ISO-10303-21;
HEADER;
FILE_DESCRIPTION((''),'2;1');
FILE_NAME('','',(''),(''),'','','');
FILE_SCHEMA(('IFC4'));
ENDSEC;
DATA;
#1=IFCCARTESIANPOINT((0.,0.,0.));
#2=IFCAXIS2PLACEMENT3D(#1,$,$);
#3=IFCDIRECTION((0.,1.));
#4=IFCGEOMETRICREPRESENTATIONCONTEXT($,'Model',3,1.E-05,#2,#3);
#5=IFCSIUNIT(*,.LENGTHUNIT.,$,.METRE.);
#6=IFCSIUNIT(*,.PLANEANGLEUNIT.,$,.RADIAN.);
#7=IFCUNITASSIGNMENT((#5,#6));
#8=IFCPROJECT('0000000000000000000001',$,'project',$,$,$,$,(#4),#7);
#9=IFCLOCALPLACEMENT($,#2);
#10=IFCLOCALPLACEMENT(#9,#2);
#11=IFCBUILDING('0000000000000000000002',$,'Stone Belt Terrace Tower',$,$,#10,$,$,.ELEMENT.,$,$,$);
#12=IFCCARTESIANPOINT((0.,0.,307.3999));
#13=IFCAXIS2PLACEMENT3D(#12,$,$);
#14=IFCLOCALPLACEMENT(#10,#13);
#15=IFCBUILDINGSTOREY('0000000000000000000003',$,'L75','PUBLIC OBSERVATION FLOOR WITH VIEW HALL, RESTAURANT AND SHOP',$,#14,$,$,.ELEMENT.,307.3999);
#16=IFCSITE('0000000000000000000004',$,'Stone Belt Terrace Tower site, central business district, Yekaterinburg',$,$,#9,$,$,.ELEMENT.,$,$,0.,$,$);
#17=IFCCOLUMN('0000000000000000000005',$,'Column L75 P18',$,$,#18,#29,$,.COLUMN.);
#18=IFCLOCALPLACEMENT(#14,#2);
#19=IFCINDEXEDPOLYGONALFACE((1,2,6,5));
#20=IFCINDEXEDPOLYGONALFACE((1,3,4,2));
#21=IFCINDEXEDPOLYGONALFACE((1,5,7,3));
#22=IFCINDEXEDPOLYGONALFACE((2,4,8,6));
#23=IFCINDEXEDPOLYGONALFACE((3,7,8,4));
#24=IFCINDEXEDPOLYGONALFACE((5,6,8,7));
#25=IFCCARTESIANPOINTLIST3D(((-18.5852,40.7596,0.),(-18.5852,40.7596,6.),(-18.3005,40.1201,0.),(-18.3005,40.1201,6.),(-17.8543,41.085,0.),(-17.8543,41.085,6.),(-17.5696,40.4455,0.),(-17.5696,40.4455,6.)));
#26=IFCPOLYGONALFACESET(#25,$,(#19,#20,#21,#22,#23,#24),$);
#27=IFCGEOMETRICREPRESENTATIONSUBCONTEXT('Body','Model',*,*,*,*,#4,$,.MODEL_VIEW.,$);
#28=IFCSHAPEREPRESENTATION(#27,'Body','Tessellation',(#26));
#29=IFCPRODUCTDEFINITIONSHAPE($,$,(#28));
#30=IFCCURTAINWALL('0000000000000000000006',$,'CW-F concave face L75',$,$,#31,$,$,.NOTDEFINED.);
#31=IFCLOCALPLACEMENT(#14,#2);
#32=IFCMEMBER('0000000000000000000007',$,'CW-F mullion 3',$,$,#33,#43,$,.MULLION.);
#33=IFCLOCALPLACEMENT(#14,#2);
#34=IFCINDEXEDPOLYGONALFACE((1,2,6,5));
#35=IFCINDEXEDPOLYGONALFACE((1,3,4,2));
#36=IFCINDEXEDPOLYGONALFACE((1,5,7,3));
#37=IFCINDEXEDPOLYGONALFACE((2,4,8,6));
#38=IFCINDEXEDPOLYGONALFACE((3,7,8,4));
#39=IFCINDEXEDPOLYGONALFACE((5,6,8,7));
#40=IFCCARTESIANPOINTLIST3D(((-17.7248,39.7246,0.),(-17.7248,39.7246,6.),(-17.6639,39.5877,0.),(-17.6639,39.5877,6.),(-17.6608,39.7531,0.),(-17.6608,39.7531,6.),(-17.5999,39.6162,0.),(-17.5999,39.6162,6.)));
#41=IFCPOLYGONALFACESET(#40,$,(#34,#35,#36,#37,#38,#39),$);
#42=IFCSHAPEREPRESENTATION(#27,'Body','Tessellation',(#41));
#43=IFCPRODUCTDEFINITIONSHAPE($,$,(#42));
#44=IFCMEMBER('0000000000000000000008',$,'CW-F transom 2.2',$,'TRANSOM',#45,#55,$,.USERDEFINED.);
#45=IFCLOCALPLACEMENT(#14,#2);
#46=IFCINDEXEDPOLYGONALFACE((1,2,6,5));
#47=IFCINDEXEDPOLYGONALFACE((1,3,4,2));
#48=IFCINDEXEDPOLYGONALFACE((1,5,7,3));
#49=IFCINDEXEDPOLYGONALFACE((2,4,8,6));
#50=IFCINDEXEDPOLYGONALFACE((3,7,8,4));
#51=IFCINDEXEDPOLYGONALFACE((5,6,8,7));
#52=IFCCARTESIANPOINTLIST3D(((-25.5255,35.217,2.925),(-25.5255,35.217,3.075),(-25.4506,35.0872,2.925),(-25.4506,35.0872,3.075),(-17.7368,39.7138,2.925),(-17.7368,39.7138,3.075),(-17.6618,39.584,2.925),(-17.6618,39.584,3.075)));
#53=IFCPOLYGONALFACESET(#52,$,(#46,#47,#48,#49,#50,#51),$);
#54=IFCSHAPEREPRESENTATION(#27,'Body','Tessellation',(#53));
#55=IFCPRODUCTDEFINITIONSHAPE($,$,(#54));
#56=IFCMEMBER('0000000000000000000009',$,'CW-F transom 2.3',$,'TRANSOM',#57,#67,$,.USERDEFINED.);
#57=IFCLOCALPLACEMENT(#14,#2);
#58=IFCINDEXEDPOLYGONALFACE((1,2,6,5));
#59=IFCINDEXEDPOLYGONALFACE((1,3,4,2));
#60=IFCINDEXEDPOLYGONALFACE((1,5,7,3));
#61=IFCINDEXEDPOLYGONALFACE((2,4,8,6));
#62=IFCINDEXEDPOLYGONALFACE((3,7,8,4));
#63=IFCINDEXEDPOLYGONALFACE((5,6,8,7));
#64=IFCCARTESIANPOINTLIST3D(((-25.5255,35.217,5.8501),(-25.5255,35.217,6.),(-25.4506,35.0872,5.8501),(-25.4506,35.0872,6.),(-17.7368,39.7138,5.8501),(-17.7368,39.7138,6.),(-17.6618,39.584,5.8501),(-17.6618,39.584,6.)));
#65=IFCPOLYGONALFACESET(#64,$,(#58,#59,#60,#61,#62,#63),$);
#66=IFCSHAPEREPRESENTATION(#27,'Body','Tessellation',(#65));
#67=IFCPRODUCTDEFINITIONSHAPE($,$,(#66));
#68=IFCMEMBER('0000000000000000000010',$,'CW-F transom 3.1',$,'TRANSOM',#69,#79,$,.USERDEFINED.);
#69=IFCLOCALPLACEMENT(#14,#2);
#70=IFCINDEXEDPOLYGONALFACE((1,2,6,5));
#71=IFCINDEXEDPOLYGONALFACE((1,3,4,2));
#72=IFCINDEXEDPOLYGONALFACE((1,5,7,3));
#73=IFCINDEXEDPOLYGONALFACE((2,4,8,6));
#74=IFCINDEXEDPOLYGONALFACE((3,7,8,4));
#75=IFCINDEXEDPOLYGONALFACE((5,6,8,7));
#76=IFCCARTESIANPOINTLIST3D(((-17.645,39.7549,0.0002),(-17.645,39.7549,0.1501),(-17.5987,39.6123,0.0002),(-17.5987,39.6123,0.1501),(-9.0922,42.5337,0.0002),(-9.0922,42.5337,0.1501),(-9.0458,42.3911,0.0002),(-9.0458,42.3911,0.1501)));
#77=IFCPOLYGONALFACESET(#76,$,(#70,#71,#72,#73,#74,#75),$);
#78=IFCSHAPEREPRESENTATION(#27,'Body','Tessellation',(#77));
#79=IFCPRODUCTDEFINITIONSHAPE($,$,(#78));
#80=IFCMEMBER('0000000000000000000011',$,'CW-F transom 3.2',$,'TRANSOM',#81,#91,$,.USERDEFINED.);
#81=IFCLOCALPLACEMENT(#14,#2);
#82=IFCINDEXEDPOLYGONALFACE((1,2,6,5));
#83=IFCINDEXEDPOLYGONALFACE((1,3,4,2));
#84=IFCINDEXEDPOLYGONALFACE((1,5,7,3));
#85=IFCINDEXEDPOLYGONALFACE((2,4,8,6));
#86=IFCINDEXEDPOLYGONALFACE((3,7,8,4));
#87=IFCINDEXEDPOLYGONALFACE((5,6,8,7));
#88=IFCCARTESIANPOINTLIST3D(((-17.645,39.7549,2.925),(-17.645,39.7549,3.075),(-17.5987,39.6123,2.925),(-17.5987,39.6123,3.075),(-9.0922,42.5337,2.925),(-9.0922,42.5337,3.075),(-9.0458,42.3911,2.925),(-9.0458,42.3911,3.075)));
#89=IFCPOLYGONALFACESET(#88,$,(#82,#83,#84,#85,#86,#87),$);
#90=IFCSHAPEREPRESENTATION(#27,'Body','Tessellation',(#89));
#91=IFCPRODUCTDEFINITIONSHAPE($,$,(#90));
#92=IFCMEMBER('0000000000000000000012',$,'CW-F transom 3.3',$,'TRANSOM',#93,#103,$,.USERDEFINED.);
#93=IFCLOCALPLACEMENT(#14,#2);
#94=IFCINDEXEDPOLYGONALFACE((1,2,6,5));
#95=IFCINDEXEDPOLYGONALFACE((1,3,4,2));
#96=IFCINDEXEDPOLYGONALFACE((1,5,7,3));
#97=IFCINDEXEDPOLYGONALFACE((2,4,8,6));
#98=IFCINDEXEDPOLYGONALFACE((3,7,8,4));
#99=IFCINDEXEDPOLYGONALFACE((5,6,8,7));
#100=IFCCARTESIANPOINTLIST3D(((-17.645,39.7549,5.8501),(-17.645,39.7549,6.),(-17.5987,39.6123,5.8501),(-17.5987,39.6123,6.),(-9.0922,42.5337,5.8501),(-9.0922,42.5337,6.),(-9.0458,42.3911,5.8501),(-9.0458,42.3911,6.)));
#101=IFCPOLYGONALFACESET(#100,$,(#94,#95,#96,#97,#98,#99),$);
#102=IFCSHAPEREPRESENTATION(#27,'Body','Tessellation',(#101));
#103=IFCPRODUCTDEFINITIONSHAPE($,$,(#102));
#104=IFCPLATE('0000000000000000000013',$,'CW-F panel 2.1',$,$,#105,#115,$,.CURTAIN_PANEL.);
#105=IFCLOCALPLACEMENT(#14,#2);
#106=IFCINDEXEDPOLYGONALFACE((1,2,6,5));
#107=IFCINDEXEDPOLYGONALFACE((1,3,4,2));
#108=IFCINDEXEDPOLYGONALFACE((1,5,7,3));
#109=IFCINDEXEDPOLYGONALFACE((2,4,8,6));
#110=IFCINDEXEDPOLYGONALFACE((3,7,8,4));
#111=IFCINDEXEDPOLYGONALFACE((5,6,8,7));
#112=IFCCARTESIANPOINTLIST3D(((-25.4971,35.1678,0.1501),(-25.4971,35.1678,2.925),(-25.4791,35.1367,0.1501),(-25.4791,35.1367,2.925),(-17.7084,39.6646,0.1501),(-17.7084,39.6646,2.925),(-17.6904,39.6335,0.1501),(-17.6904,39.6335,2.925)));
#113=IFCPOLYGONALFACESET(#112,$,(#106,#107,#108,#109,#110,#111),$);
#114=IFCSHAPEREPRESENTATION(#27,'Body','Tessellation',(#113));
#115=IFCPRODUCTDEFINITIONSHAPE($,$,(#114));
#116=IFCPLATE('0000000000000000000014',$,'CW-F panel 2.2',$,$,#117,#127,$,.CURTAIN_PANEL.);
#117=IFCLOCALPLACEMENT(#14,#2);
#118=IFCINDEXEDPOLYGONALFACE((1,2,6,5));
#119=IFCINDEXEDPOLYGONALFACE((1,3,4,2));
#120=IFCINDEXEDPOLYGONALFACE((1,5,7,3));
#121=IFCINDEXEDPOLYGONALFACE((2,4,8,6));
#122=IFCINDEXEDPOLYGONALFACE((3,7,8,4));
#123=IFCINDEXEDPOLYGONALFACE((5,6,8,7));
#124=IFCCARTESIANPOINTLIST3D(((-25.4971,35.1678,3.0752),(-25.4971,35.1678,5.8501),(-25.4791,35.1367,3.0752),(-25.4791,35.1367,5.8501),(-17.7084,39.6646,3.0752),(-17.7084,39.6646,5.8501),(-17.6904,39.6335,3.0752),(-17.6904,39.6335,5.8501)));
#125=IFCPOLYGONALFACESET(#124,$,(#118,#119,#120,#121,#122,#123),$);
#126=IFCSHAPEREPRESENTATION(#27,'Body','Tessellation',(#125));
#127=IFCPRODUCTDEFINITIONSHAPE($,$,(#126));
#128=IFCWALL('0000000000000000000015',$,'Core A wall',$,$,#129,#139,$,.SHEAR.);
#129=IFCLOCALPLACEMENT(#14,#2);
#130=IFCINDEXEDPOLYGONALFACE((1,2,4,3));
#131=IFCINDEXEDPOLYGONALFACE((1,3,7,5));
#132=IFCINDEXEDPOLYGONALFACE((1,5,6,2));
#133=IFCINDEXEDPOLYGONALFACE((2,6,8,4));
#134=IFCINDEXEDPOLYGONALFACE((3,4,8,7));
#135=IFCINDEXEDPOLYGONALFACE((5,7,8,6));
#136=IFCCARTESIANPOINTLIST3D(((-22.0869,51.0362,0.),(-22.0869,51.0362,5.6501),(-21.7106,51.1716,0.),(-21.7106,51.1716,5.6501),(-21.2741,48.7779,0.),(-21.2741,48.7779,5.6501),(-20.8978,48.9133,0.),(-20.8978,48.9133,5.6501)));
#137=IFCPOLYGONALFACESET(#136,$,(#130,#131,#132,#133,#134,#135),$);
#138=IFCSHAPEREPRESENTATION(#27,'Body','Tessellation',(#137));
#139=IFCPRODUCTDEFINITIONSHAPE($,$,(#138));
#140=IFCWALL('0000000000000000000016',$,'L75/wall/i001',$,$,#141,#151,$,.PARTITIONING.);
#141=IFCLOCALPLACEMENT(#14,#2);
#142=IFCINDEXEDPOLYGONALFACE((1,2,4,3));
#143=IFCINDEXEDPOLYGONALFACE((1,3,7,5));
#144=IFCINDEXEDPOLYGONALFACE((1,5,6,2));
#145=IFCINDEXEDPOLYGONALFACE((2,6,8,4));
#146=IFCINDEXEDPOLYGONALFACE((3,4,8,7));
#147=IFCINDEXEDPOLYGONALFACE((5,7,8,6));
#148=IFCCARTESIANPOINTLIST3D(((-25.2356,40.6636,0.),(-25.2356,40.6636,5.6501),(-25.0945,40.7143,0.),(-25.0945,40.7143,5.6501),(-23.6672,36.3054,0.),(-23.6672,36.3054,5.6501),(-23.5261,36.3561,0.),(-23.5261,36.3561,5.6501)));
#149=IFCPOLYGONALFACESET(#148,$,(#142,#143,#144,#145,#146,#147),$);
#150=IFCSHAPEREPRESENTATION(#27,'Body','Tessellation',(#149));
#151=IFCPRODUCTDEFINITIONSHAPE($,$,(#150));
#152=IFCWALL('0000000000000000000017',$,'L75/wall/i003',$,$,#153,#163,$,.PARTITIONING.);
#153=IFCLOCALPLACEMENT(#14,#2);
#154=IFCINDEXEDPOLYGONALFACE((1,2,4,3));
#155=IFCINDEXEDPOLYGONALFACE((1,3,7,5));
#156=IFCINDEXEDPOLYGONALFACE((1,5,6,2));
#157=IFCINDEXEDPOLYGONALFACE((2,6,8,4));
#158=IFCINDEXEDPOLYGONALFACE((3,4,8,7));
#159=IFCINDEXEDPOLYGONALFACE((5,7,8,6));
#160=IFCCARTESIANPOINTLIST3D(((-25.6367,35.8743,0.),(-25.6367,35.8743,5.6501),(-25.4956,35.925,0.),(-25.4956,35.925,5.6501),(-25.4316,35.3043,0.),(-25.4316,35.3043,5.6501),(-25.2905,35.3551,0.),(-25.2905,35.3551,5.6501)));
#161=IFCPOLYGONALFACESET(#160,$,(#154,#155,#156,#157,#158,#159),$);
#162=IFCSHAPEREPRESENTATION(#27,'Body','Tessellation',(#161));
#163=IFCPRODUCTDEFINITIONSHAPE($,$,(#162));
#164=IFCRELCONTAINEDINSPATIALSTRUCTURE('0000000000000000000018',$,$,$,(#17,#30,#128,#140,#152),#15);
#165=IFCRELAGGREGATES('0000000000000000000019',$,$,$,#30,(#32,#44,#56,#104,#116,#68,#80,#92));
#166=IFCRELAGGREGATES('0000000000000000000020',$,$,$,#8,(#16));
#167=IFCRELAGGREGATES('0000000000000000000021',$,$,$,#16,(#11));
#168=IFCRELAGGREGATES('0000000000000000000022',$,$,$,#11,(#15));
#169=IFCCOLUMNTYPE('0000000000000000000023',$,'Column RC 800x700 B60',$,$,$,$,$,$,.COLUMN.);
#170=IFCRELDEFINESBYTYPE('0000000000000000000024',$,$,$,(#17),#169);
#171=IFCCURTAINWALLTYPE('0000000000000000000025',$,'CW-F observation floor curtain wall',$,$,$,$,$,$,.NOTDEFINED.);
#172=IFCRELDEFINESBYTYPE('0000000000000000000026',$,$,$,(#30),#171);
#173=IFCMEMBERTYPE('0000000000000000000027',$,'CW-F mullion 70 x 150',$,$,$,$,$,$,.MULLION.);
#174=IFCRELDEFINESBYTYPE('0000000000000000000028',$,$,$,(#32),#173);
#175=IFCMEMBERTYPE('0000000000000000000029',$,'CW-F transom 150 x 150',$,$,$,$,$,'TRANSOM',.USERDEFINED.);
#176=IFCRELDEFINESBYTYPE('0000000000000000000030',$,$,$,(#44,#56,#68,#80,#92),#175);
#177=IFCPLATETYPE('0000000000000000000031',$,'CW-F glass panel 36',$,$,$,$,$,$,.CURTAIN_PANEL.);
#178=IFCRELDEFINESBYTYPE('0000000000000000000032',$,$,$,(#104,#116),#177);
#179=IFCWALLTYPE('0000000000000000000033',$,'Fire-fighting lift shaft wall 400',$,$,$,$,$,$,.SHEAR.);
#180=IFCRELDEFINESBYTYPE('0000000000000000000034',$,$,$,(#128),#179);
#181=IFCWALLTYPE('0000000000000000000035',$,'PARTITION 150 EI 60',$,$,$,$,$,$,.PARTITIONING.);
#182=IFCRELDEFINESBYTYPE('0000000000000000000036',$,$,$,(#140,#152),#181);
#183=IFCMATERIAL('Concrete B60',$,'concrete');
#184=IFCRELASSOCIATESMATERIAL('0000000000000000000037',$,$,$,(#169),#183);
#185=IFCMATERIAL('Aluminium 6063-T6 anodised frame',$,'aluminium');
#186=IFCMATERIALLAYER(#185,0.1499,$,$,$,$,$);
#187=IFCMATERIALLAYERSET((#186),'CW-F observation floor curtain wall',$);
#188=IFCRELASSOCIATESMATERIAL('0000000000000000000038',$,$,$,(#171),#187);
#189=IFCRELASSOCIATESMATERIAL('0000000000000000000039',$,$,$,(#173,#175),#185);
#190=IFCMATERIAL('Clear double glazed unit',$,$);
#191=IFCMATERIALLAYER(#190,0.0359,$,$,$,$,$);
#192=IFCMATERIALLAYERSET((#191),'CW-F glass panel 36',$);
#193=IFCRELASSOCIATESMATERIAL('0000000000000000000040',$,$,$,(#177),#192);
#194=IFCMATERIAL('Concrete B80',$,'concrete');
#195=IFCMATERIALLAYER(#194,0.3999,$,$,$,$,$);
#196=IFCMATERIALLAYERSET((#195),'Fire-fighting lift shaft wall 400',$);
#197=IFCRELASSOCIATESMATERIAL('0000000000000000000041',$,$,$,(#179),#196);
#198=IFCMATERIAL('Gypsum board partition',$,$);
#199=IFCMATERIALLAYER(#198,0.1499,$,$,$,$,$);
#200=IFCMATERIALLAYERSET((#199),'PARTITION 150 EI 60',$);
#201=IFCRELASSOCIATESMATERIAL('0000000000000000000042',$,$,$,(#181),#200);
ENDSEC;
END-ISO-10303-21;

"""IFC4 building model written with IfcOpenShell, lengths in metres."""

from ifc_helpers import new_model, si_unit, direction, frame, frame_2d, origin, origin_2d, place, context, subcontext, project, spatial, rectangle, extrude, material, layer, layer_set, material_profile, profile_set, type_object, element, aggregate, save


model = new_model("IFC4")

# Units and contexts
model_context = context("Model", 3, precision=1e-05, world=origin(), true_north=direction((0.0, 1.0)))
body_context = subcontext(model_context, "Body", "Model", "MODEL_VIEW")
ifc_project = project(units=[si_unit("LENGTHUNIT", "METRE"), si_unit("PLANEANGLEUNIT", "RADIAN")], contexts=[model_context])

# Site, building, storey
site_placement = place(None, origin())
site = spatial("IfcSite", under=ifc_project, at=site_placement, Name="Stone Belt Terrace Tower site, central business district, Yekaterinburg", CompositionType="ELEMENT", RefElevation=0.0)
building_placement = place(site_placement, origin())
building = spatial("IfcBuilding", under=site, at=building_placement, Name="Stone Belt Terrace Tower", CompositionType="ELEMENT")
storey_placement = place(building_placement, frame((0.0, 0.0, 307.3999)))
storey = spatial("IfcBuildingStorey", under=building, at=storey_placement, Name="L75", Description="PUBLIC OBSERVATION FLOOR WITH VIEW HALL, RESTAURANT AND SHOP", CompositionType="ELEMENT", Elevation=307.3999)

# Column
ifc_material_1 = material(Name="Concrete B60", Category="concrete")
ifc_material_profile_1 = material_profile(ifc_material_1, rectangle(XDim=0.8, YDim=0.7, at=origin_2d()), Name="RC 800x700")
ifc_profile_set_1 = profile_set([ifc_material_profile_1], Name="Concrete B60")
column_type = type_object("IfcColumnType", Name="Column RC 800x700 B60", PredefinedType="COLUMN", material=ifc_profile_set_1)
column_placement = place(storey_placement, frame((-18.0774, 40.6025, 0.0), z_axis=(0.0, 0.0, 1.0), x_axis=(0.913545, 0.406737, 0.0)))
element("IfcColumn", 1, at=column_placement, inside=storey, type_object=column_type, Name="Column L75 P18", PredefinedType="COLUMN", context=body_context, shape_type="SweptSolid", body=[
    extrude(rectangle(XDim=0.8, YDim=0.7, at=origin_2d()), origin(), (0.0, 0.0, 1.0), 6.0),
])

# Curtain wall, members, plates
ifc_material_2 = material(Name="Aluminium 6063-T6 anodised frame", Category="aluminium")
ifc_layer_1 = layer(ifc_material_2, 0.1499)
ifc_layer_set_1 = layer_set([ifc_layer_1], Name="CW-F observation floor curtain wall")
curtain_wall_type = type_object("IfcCurtainWallType", Name="CW-F observation floor curtain wall", PredefinedType="NOTDEFINED", material=ifc_layer_set_1)
curtain_wall_placement = place(storey_placement, origin())
curtain_wall = element("IfcCurtainWall", 2, at=curtain_wall_placement, inside=storey, type_object=curtain_wall_type, Name="CW-F concave face L75", PredefinedType="NOTDEFINED")
ifc_material_profile_2 = material_profile(ifc_material_2, rectangle(XDim=0.1499, YDim=0.0701, at=origin_2d()), Name="Aluminium 6063-T6 70x150")
ifc_profile_set_2 = profile_set([ifc_material_profile_2], Name="Aluminium 6063-T6 anodised frame")
member_type_1 = type_object("IfcMemberType", Name="CW-F mullion 70 x 150", PredefinedType="MULLION", material=ifc_profile_set_2)
member_1_placement = place(storey_placement, frame((-17.6624, 39.6704, 0.0), z_axis=(0.0, 0.0, 1.0), x_axis=(-0.406737, 0.913545, 0.0)))
member_1 = element("IfcMember", 3, at=member_1_placement, type_object=member_type_1, Name="CW-F mullion 3", PredefinedType="MULLION", context=body_context, shape_type="SweptSolid", body=[
    extrude(rectangle(XDim=0.1499, YDim=0.0701, at=origin_2d()), origin(), (0.0, 0.0, 1.0), 6.0),
])
ifc_material_profile_3 = material_profile(ifc_material_2, rectangle(XDim=0.1499, YDim=0.1499, at=origin_2d()), Name="Aluminium 6063-T6 150x150")
ifc_profile_set_3 = profile_set([ifc_material_profile_3], Name="Aluminium 6063-T6 anodised frame")
member_type_2 = type_object("IfcMemberType", Name="CW-F transom 150 x 150", ElementType="TRANSOM", PredefinedType="USERDEFINED", material=ifc_profile_set_3)
member_2_placement = place(storey_placement, frame((-25.488, 35.1521, 3.0), z_axis=(0.866028, 0.499996, 0.0), x_axis=(-0.499996, 0.866028, 0.0)))
member_2 = element("IfcMember", 4, at=member_2_placement, type_object=member_type_2, Name="CW-F transom 2.2", ObjectType="TRANSOM", PredefinedType="USERDEFINED", context=body_context, shape_type="SweptSolid", body=[
    extrude(rectangle(XDim=0.1499, YDim=0.1499, at=origin_2d()), origin(), (0.0, 0.0, 1.0), 8.9937),
])
member_3_placement = place(storey_placement, frame((-25.488, 35.1521, 5.925), z_axis=(0.866028, 0.499996, 0.0), x_axis=(-0.499996, 0.866028, 0.0)))
member_3 = element("IfcMember", 5, at=member_3_placement, type_object=member_type_2, Name="CW-F transom 2.3", ObjectType="TRANSOM", PredefinedType="USERDEFINED", context=body_context, shape_type="SweptSolid", body=[
    extrude(rectangle(XDim=0.1499, YDim=0.1499, at=origin_2d()), origin(), (0.0, 0.0, 1.0), 8.9937),
])
member_4_placement = place(storey_placement, frame((-17.6218, 39.6836, 0.0752), z_axis=(0.951061, 0.309003, 0.0), x_axis=(-0.309003, 0.951061, 0.0)))
member_4 = element("IfcMember", 6, at=member_4_placement, type_object=member_type_2, Name="CW-F transom 3.1", ObjectType="TRANSOM", PredefinedType="USERDEFINED", context=body_context, shape_type="SweptSolid", body=[
    extrude(rectangle(XDim=0.1499, YDim=0.1499, at=origin_2d()), origin(), (0.0, 0.0, 1.0), 8.9929),
])
member_5_placement = place(storey_placement, frame((-17.6218, 39.6836, 3.0), z_axis=(0.951061, 0.309003, 0.0), x_axis=(-0.309003, 0.951061, 0.0)))
member_5 = element("IfcMember", 7, at=member_5_placement, type_object=member_type_2, Name="CW-F transom 3.2", ObjectType="TRANSOM", PredefinedType="USERDEFINED", context=body_context, shape_type="SweptSolid", body=[
    extrude(rectangle(XDim=0.1499, YDim=0.1499, at=origin_2d()), origin(), (0.0, 0.0, 1.0), 8.9929),
])
member_6_placement = place(storey_placement, frame((-17.6218, 39.6836, 5.925), z_axis=(0.951061, 0.309003, 0.0), x_axis=(-0.309003, 0.951061, 0.0)))
member_6 = element("IfcMember", 8, at=member_6_placement, type_object=member_type_2, Name="CW-F transom 3.3", ObjectType="TRANSOM", PredefinedType="USERDEFINED", context=body_context, shape_type="SweptSolid", body=[
    extrude(rectangle(XDim=0.1499, YDim=0.1499, at=origin_2d()), origin(), (0.0, 0.0, 1.0), 8.9929),
])
ifc_material_3 = material(Name="Clear double glazed unit")
ifc_layer_2 = layer(ifc_material_3, 0.0359)
ifc_layer_set_2 = layer_set([ifc_layer_2], Name="CW-F glass panel 36")
plate_type = type_object("IfcPlateType", Name="CW-F glass panel 36", PredefinedType="CURTAIN_PANEL", material=ifc_layer_set_2)
plate_1_placement = place(storey_placement, frame((-21.5938, 37.4006, 0.1501), z_axis=(0.0, 0.0, 1.0), x_axis=(0.866025, 0.5, 0.0)))
plate_1 = element("IfcPlate", 9, at=plate_1_placement, type_object=plate_type, Name="CW-F panel 2.1", PredefinedType="CURTAIN_PANEL", context=body_context, shape_type="SweptSolid", body=[
    extrude(rectangle(XDim=8.9937, YDim=0.0359, at=origin_2d()), origin(), (0.0, 0.0, 1.0), 2.7749),
])
plate_2_placement = place(storey_placement, frame((-21.5938, 37.4006, 3.0752), z_axis=(0.0, 0.0, 1.0), x_axis=(0.866025, 0.5, 0.0)))
plate_2 = element("IfcPlate", 10, at=plate_2_placement, type_object=plate_type, Name="CW-F panel 2.2", PredefinedType="CURTAIN_PANEL", context=body_context, shape_type="SweptSolid", body=[
    extrude(rectangle(XDim=8.9937, YDim=0.0359, at=origin_2d()), origin(), (0.0, 0.0, 1.0), 2.7749),
])
aggregate(curtain_wall, [member_1, member_2, member_3, plate_1, plate_2, member_4, member_5, member_6])

# Walls
ifc_material_4 = material(Name="Concrete B80", Category="concrete")
ifc_layer_3 = layer(ifc_material_4, 0.3999)
ifc_layer_set_3 = layer_set([ifc_layer_3], Name="Fire-fighting lift shaft wall 400")
wall_type_1 = type_object("IfcWallType", Name="Fire-fighting lift shaft wall 400", PredefinedType="SHEAR", material=ifc_layer_set_3)
wall_1_placement = place(storey_placement, frame((-21.0859, 48.8455, 0.0), z_axis=(0.0, 0.0, 1.0), x_axis=(-0.338629, 0.94092, 0.0)))
element("IfcWall", 11, at=wall_1_placement, inside=storey, type_object=wall_type_1, Name="Core A wall", PredefinedType="SHEAR", context=body_context, shape_type="SweptSolid", body=[
    extrude(rectangle(XDim=2.4001, YDim=0.3999, at=frame_2d((1.2002, 0.0))), origin(), (0.0, 0.0, 1.0), 5.6501),
])
ifc_material_5 = material(Name="Gypsum board partition")
ifc_layer_4 = layer(ifc_material_5, 0.1499)
ifc_layer_set_4 = layer_set([ifc_layer_4], Name="PARTITION 150 EI 60")
wall_type_2 = type_object("IfcWallType", Name="PARTITION 150 EI 60", PredefinedType="PARTITIONING", material=ifc_layer_set_4)
wall_2_placement = place(storey_placement, frame((-25.165, 40.689, 0.0), z_axis=(0.0, 0.0, 1.0), x_axis=(0.338609, -0.940927, 0.0)))
element("IfcWall", 12, at=wall_2_placement, inside=storey, type_object=wall_type_2, Name="L75/wall/i001", PredefinedType="PARTITIONING", context=body_context, shape_type="SweptSolid", body=[
    extrude(rectangle(XDim=4.6318, YDim=0.1499, at=frame_2d((2.3159, 0.0))), origin(), (0.0, 0.0, 1.0), 5.6501),
])
wall_3_placement = place(storey_placement, frame((-25.3611, 35.3298, 0.0), z_axis=(0.0, 0.0, 1.0), x_axis=(-0.338634, 0.940918, 0.0)))
element("IfcWall", 13, at=wall_3_placement, inside=storey, type_object=wall_type_2, Name="L75/wall/i003", PredefinedType="PARTITIONING", context=body_context, shape_type="SweptSolid", body=[
    extrude(rectangle(XDim=0.6057, YDim=0.1499, at=frame_2d((0.3027, 0.0))), origin(), (0.0, 0.0, 1.0), 5.6501),
])

save(model, "model.ifc")
